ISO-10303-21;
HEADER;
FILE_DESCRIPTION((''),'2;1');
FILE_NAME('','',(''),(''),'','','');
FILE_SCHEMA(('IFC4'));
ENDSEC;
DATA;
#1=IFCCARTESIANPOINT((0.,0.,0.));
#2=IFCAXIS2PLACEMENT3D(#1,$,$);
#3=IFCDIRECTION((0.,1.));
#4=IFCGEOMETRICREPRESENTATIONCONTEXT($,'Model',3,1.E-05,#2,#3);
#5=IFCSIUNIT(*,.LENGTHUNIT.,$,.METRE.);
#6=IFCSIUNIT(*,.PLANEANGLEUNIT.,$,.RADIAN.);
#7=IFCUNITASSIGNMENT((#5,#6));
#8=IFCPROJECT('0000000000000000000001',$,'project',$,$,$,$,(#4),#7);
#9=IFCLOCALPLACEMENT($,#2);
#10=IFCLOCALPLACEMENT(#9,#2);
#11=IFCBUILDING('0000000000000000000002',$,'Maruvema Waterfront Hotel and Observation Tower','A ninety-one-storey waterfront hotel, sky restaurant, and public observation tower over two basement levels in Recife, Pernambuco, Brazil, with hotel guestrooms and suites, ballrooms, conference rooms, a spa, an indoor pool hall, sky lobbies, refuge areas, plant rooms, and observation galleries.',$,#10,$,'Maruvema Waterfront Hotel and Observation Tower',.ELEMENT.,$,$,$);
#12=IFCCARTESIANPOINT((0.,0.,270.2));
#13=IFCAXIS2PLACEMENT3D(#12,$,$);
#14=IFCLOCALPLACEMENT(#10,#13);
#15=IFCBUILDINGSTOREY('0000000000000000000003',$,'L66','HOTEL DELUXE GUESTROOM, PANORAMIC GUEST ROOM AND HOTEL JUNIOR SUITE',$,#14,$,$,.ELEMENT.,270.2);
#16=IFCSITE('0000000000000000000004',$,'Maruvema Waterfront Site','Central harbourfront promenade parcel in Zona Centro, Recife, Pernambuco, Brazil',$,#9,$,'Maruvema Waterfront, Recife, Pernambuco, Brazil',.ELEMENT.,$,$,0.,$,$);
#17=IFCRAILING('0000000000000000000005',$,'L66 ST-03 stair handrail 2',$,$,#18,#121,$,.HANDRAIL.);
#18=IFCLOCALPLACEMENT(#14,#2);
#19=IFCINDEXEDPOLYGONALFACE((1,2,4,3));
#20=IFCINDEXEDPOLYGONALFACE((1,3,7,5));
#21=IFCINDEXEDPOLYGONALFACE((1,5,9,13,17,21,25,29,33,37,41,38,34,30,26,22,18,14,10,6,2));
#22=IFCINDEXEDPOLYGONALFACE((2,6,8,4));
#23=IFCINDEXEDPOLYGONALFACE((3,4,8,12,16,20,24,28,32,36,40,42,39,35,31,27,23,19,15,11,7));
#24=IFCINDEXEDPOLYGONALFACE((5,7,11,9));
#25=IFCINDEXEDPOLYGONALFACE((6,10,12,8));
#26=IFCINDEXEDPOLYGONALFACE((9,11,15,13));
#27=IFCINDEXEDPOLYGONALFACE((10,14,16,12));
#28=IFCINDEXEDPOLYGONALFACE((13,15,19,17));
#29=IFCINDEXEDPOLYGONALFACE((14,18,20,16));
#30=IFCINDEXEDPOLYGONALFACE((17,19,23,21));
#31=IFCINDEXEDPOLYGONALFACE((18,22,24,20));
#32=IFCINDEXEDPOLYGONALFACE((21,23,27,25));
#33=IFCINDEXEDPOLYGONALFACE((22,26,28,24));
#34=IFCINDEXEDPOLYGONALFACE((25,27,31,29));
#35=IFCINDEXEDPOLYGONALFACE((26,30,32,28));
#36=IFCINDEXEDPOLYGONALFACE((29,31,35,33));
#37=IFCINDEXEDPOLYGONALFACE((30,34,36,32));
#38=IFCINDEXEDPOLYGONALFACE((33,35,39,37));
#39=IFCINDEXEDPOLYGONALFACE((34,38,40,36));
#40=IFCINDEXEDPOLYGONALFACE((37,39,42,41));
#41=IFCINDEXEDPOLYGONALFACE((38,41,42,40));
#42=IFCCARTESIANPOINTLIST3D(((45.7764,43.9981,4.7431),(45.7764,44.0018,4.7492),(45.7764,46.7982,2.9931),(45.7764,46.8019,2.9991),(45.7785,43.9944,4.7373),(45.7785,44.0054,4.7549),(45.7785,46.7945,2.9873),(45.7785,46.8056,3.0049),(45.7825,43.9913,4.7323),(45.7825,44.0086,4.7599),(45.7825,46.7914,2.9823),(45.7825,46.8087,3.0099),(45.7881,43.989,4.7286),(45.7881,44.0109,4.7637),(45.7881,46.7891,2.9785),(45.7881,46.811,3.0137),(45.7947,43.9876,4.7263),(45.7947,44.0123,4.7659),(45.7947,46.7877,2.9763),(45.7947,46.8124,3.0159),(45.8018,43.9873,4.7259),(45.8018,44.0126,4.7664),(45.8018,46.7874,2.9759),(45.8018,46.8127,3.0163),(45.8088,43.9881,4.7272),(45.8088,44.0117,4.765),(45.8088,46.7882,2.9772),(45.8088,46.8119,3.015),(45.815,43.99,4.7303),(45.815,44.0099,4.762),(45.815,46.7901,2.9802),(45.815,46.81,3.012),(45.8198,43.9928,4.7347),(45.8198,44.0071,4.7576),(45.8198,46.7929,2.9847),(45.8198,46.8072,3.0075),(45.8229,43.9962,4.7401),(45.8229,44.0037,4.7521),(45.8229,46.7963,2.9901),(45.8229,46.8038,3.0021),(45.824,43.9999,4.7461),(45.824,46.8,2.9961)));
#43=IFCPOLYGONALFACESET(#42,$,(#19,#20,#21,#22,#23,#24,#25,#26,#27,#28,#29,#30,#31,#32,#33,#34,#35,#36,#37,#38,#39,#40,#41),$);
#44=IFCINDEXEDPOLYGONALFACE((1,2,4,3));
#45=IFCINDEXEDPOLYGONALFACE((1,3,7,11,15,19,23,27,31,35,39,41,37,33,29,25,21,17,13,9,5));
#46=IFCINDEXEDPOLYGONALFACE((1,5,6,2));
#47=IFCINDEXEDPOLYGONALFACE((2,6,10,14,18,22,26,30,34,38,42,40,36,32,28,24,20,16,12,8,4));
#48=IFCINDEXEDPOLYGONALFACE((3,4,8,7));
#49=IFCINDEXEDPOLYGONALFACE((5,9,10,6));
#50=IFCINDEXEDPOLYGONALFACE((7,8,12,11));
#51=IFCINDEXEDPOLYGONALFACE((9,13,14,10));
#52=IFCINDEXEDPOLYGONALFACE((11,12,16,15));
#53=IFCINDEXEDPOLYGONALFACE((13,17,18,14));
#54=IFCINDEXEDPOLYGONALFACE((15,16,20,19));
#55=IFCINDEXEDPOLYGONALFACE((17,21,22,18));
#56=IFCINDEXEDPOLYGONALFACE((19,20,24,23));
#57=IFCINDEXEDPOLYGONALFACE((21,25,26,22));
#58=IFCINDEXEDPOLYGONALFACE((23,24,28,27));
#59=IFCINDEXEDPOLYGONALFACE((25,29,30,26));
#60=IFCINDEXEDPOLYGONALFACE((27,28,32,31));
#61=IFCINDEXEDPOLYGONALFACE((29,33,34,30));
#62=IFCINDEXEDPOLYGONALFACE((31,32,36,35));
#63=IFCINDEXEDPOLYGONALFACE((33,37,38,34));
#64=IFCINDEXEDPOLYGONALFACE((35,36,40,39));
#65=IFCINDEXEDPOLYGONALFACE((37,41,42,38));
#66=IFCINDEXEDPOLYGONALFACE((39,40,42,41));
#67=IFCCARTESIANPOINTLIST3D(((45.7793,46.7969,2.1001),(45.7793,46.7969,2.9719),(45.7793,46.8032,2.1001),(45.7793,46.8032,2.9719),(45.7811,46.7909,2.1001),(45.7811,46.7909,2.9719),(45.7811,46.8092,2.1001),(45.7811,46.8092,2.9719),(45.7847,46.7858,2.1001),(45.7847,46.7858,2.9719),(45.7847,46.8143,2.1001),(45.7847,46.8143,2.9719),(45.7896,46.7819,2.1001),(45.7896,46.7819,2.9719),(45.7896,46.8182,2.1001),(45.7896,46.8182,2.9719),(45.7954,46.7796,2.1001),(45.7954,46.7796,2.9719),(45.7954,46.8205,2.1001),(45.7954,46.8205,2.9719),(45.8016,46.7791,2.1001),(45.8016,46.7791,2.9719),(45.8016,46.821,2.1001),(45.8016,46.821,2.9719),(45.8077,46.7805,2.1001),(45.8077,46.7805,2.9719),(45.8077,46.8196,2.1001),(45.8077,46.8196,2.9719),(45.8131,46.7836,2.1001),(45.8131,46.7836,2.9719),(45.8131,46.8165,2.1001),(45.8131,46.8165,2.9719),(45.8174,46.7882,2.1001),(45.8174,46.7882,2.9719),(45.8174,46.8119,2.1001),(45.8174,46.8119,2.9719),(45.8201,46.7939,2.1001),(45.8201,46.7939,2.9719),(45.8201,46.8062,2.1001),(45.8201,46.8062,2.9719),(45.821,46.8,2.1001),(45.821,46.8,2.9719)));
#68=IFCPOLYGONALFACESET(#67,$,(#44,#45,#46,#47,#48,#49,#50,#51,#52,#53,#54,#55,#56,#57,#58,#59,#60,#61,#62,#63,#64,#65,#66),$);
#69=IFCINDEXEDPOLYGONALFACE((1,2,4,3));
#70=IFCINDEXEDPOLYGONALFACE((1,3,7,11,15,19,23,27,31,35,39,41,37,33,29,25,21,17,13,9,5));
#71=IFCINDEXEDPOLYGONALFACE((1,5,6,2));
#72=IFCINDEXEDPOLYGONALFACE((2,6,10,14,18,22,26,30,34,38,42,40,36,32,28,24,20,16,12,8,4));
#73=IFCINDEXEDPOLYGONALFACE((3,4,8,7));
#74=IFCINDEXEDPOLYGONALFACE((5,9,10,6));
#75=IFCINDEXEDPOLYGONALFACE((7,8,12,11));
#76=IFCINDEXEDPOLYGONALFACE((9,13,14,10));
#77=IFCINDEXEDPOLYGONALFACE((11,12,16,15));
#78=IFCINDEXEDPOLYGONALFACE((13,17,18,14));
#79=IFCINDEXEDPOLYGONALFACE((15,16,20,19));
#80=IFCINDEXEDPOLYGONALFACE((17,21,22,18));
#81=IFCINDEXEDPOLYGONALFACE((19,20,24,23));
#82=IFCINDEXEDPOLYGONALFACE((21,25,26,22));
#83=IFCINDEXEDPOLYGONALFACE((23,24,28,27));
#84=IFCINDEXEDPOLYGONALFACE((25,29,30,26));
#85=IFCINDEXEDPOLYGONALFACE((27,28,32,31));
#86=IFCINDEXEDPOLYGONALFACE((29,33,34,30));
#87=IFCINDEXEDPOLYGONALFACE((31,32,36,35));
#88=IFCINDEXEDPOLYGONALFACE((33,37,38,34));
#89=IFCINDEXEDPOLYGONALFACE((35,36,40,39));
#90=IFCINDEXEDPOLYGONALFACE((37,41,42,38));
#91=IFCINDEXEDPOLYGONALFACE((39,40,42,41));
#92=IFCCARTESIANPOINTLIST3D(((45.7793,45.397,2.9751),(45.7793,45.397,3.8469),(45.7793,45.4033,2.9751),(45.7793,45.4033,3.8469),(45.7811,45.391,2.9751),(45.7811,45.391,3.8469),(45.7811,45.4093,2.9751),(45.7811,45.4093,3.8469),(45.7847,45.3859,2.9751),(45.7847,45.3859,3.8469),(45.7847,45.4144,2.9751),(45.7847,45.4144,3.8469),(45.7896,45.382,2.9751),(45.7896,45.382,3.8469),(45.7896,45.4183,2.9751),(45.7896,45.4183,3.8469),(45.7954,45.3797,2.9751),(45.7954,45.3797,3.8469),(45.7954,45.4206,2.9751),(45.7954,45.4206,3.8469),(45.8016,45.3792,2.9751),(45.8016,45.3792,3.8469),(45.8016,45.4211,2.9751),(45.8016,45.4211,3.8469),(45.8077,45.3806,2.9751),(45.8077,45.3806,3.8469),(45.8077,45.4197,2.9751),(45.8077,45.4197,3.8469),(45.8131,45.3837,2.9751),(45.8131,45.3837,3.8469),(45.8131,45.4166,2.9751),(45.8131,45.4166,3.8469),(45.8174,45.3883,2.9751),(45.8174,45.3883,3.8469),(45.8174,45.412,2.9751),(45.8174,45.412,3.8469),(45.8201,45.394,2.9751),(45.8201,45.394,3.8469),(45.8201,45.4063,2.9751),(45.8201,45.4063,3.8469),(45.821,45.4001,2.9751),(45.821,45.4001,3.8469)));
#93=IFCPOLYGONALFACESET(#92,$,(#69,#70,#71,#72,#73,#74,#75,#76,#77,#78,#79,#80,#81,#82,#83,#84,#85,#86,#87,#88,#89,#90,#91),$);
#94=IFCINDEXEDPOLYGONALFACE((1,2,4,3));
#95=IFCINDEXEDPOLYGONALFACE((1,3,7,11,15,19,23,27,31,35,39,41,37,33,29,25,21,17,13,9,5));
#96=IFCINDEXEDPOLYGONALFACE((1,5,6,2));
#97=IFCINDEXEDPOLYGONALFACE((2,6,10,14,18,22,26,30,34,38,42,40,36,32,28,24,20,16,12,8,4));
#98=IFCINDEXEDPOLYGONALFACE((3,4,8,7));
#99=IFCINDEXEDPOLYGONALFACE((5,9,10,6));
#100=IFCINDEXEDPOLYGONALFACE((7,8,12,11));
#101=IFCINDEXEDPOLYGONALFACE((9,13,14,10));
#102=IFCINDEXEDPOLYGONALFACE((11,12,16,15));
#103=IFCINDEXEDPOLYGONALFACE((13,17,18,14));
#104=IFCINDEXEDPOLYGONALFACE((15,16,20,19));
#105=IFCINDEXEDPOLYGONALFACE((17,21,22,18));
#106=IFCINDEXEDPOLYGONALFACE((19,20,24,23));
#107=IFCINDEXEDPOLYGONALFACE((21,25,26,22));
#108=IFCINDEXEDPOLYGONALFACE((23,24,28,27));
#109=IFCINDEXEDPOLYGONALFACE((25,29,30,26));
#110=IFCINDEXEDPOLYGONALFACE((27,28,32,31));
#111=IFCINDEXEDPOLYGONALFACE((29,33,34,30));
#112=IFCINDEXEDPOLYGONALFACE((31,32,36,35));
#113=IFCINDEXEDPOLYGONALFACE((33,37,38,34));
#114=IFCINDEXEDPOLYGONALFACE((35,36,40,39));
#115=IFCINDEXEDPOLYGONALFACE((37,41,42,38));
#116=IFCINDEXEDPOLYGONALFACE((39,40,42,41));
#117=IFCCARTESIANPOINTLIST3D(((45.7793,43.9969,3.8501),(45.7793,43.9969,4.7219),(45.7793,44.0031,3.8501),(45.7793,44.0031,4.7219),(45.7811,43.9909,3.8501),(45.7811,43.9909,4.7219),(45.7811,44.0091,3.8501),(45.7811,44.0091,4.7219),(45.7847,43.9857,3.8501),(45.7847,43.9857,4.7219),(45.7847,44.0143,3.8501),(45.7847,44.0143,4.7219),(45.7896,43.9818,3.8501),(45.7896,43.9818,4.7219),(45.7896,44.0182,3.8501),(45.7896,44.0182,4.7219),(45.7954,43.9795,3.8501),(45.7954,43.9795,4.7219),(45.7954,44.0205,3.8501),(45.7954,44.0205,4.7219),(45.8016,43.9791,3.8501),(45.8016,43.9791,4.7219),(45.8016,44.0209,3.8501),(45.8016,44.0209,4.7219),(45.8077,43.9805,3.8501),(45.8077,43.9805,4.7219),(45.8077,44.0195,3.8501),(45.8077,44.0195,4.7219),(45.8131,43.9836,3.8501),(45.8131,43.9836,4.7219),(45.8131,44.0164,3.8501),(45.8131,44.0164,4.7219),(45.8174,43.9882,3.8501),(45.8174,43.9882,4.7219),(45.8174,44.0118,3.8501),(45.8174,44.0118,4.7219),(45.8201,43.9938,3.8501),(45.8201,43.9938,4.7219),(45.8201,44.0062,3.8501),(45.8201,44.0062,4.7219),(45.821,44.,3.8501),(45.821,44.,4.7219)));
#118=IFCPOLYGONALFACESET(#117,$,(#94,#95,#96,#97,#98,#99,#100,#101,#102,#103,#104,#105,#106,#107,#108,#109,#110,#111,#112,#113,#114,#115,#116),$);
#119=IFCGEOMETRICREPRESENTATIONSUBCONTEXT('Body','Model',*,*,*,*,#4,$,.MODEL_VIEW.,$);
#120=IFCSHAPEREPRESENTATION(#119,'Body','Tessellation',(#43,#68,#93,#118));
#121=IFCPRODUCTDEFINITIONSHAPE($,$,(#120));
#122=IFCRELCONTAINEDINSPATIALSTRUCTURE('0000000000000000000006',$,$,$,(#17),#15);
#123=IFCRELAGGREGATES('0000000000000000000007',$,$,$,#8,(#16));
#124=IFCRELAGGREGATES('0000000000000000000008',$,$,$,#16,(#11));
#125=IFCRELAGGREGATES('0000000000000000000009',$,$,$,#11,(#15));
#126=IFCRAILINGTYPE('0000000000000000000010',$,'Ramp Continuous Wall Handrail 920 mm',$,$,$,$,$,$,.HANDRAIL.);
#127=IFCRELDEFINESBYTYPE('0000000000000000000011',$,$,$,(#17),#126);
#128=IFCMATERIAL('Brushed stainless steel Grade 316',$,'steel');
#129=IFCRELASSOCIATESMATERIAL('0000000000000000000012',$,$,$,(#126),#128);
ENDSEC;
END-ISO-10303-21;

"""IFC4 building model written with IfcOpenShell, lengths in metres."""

from ifc_helpers import new_model, si_unit, direction, frame, origin, origin_2d, place, context, subcontext, project, spatial, circle, extrude, material, type_object, element, save


model = new_model("IFC4")

# Units and contexts
model_context = context("Model", 3, precision=1e-05, world=origin(), true_north=direction((0.0, 1.0)))
body_context = subcontext(model_context, "Body", "Model", "MODEL_VIEW")
ifc_project = project(units=[si_unit("LENGTHUNIT", "METRE"), si_unit("PLANEANGLEUNIT", "RADIAN")], contexts=[model_context])

# Site, building, storey
site_placement = place(None, origin())
site = spatial("IfcSite", under=ifc_project, at=site_placement, Name="Maruvema Waterfront Site", Description="Central harbourfront promenade parcel in Zona Centro, Recife, Pernambuco, Brazil", LongName="Maruvema Waterfront, Recife, Pernambuco, Brazil", CompositionType="ELEMENT", RefElevation=0.0)
building_placement = place(site_placement, origin())
building = spatial("IfcBuilding", under=site, at=building_placement, Name="Maruvema Waterfront Hotel and Observation Tower", Description="A ninety-one-storey waterfront hotel, sky restaurant, and public observation tower over two basement levels in Recife, Pernambuco, Brazil, with hotel guestrooms and suites, ballrooms, conference rooms, a spa, an indoor pool hall, sky lobbies, refuge areas, plant rooms, and observation galleries.", LongName="Maruvema Waterfront Hotel and Observation Tower", CompositionType="ELEMENT")
storey_placement = place(building_placement, frame((0.0, 0.0, 270.2)))
storey = spatial("IfcBuildingStorey", under=building, at=storey_placement, Name="L66", Description="HOTEL DELUXE GUESTROOM, PANORAMIC GUEST ROOM AND HOTEL JUNIOR SUITE", CompositionType="ELEMENT", Elevation=270.2)

# Railing
ifc_material_1 = material(Name="Brushed stainless steel Grade 316", Category="steel")
railing_type_1 = type_object("IfcRailingType", Name="Ramp Continuous Wall Handrail 920 mm", PredefinedType="HANDRAIL", material=ifc_material_1)
railing_1_placement = place(storey_placement, frame((45.8, 46.8, 2.1001)))
element("IfcRailing", 1, at=railing_1_placement, inside=storey, type_object=railing_type_1, Name="L66 ST-03 stair handrail 2", PredefinedType="HANDRAIL", context=body_context, shape_type="SweptSolid", body=[
    extrude(circle(Radius=0.0239, at=origin_2d()), frame((0.0, 0.0, 0.896), z_axis=(0.0, -0.848002, 0.529992), x_axis=(1.0, 0.0, 0.0)), (0.0, 0.0, 1.0), 3.302),
    extrude(circle(Radius=0.021, at=origin_2d()), origin(), (0.0, 0.0, 1.0), 0.8718),
    extrude(circle(Radius=0.021, at=origin_2d()), frame((0.0, -1.3999, 0.875)), (0.0, 0.0, 1.0), 0.8718),
    extrude(circle(Radius=0.021, at=origin_2d()), frame((0.0, -2.8, 1.75)), (0.0, 0.0, 1.0), 0.8718),
])

save(model, "model.ifc")
